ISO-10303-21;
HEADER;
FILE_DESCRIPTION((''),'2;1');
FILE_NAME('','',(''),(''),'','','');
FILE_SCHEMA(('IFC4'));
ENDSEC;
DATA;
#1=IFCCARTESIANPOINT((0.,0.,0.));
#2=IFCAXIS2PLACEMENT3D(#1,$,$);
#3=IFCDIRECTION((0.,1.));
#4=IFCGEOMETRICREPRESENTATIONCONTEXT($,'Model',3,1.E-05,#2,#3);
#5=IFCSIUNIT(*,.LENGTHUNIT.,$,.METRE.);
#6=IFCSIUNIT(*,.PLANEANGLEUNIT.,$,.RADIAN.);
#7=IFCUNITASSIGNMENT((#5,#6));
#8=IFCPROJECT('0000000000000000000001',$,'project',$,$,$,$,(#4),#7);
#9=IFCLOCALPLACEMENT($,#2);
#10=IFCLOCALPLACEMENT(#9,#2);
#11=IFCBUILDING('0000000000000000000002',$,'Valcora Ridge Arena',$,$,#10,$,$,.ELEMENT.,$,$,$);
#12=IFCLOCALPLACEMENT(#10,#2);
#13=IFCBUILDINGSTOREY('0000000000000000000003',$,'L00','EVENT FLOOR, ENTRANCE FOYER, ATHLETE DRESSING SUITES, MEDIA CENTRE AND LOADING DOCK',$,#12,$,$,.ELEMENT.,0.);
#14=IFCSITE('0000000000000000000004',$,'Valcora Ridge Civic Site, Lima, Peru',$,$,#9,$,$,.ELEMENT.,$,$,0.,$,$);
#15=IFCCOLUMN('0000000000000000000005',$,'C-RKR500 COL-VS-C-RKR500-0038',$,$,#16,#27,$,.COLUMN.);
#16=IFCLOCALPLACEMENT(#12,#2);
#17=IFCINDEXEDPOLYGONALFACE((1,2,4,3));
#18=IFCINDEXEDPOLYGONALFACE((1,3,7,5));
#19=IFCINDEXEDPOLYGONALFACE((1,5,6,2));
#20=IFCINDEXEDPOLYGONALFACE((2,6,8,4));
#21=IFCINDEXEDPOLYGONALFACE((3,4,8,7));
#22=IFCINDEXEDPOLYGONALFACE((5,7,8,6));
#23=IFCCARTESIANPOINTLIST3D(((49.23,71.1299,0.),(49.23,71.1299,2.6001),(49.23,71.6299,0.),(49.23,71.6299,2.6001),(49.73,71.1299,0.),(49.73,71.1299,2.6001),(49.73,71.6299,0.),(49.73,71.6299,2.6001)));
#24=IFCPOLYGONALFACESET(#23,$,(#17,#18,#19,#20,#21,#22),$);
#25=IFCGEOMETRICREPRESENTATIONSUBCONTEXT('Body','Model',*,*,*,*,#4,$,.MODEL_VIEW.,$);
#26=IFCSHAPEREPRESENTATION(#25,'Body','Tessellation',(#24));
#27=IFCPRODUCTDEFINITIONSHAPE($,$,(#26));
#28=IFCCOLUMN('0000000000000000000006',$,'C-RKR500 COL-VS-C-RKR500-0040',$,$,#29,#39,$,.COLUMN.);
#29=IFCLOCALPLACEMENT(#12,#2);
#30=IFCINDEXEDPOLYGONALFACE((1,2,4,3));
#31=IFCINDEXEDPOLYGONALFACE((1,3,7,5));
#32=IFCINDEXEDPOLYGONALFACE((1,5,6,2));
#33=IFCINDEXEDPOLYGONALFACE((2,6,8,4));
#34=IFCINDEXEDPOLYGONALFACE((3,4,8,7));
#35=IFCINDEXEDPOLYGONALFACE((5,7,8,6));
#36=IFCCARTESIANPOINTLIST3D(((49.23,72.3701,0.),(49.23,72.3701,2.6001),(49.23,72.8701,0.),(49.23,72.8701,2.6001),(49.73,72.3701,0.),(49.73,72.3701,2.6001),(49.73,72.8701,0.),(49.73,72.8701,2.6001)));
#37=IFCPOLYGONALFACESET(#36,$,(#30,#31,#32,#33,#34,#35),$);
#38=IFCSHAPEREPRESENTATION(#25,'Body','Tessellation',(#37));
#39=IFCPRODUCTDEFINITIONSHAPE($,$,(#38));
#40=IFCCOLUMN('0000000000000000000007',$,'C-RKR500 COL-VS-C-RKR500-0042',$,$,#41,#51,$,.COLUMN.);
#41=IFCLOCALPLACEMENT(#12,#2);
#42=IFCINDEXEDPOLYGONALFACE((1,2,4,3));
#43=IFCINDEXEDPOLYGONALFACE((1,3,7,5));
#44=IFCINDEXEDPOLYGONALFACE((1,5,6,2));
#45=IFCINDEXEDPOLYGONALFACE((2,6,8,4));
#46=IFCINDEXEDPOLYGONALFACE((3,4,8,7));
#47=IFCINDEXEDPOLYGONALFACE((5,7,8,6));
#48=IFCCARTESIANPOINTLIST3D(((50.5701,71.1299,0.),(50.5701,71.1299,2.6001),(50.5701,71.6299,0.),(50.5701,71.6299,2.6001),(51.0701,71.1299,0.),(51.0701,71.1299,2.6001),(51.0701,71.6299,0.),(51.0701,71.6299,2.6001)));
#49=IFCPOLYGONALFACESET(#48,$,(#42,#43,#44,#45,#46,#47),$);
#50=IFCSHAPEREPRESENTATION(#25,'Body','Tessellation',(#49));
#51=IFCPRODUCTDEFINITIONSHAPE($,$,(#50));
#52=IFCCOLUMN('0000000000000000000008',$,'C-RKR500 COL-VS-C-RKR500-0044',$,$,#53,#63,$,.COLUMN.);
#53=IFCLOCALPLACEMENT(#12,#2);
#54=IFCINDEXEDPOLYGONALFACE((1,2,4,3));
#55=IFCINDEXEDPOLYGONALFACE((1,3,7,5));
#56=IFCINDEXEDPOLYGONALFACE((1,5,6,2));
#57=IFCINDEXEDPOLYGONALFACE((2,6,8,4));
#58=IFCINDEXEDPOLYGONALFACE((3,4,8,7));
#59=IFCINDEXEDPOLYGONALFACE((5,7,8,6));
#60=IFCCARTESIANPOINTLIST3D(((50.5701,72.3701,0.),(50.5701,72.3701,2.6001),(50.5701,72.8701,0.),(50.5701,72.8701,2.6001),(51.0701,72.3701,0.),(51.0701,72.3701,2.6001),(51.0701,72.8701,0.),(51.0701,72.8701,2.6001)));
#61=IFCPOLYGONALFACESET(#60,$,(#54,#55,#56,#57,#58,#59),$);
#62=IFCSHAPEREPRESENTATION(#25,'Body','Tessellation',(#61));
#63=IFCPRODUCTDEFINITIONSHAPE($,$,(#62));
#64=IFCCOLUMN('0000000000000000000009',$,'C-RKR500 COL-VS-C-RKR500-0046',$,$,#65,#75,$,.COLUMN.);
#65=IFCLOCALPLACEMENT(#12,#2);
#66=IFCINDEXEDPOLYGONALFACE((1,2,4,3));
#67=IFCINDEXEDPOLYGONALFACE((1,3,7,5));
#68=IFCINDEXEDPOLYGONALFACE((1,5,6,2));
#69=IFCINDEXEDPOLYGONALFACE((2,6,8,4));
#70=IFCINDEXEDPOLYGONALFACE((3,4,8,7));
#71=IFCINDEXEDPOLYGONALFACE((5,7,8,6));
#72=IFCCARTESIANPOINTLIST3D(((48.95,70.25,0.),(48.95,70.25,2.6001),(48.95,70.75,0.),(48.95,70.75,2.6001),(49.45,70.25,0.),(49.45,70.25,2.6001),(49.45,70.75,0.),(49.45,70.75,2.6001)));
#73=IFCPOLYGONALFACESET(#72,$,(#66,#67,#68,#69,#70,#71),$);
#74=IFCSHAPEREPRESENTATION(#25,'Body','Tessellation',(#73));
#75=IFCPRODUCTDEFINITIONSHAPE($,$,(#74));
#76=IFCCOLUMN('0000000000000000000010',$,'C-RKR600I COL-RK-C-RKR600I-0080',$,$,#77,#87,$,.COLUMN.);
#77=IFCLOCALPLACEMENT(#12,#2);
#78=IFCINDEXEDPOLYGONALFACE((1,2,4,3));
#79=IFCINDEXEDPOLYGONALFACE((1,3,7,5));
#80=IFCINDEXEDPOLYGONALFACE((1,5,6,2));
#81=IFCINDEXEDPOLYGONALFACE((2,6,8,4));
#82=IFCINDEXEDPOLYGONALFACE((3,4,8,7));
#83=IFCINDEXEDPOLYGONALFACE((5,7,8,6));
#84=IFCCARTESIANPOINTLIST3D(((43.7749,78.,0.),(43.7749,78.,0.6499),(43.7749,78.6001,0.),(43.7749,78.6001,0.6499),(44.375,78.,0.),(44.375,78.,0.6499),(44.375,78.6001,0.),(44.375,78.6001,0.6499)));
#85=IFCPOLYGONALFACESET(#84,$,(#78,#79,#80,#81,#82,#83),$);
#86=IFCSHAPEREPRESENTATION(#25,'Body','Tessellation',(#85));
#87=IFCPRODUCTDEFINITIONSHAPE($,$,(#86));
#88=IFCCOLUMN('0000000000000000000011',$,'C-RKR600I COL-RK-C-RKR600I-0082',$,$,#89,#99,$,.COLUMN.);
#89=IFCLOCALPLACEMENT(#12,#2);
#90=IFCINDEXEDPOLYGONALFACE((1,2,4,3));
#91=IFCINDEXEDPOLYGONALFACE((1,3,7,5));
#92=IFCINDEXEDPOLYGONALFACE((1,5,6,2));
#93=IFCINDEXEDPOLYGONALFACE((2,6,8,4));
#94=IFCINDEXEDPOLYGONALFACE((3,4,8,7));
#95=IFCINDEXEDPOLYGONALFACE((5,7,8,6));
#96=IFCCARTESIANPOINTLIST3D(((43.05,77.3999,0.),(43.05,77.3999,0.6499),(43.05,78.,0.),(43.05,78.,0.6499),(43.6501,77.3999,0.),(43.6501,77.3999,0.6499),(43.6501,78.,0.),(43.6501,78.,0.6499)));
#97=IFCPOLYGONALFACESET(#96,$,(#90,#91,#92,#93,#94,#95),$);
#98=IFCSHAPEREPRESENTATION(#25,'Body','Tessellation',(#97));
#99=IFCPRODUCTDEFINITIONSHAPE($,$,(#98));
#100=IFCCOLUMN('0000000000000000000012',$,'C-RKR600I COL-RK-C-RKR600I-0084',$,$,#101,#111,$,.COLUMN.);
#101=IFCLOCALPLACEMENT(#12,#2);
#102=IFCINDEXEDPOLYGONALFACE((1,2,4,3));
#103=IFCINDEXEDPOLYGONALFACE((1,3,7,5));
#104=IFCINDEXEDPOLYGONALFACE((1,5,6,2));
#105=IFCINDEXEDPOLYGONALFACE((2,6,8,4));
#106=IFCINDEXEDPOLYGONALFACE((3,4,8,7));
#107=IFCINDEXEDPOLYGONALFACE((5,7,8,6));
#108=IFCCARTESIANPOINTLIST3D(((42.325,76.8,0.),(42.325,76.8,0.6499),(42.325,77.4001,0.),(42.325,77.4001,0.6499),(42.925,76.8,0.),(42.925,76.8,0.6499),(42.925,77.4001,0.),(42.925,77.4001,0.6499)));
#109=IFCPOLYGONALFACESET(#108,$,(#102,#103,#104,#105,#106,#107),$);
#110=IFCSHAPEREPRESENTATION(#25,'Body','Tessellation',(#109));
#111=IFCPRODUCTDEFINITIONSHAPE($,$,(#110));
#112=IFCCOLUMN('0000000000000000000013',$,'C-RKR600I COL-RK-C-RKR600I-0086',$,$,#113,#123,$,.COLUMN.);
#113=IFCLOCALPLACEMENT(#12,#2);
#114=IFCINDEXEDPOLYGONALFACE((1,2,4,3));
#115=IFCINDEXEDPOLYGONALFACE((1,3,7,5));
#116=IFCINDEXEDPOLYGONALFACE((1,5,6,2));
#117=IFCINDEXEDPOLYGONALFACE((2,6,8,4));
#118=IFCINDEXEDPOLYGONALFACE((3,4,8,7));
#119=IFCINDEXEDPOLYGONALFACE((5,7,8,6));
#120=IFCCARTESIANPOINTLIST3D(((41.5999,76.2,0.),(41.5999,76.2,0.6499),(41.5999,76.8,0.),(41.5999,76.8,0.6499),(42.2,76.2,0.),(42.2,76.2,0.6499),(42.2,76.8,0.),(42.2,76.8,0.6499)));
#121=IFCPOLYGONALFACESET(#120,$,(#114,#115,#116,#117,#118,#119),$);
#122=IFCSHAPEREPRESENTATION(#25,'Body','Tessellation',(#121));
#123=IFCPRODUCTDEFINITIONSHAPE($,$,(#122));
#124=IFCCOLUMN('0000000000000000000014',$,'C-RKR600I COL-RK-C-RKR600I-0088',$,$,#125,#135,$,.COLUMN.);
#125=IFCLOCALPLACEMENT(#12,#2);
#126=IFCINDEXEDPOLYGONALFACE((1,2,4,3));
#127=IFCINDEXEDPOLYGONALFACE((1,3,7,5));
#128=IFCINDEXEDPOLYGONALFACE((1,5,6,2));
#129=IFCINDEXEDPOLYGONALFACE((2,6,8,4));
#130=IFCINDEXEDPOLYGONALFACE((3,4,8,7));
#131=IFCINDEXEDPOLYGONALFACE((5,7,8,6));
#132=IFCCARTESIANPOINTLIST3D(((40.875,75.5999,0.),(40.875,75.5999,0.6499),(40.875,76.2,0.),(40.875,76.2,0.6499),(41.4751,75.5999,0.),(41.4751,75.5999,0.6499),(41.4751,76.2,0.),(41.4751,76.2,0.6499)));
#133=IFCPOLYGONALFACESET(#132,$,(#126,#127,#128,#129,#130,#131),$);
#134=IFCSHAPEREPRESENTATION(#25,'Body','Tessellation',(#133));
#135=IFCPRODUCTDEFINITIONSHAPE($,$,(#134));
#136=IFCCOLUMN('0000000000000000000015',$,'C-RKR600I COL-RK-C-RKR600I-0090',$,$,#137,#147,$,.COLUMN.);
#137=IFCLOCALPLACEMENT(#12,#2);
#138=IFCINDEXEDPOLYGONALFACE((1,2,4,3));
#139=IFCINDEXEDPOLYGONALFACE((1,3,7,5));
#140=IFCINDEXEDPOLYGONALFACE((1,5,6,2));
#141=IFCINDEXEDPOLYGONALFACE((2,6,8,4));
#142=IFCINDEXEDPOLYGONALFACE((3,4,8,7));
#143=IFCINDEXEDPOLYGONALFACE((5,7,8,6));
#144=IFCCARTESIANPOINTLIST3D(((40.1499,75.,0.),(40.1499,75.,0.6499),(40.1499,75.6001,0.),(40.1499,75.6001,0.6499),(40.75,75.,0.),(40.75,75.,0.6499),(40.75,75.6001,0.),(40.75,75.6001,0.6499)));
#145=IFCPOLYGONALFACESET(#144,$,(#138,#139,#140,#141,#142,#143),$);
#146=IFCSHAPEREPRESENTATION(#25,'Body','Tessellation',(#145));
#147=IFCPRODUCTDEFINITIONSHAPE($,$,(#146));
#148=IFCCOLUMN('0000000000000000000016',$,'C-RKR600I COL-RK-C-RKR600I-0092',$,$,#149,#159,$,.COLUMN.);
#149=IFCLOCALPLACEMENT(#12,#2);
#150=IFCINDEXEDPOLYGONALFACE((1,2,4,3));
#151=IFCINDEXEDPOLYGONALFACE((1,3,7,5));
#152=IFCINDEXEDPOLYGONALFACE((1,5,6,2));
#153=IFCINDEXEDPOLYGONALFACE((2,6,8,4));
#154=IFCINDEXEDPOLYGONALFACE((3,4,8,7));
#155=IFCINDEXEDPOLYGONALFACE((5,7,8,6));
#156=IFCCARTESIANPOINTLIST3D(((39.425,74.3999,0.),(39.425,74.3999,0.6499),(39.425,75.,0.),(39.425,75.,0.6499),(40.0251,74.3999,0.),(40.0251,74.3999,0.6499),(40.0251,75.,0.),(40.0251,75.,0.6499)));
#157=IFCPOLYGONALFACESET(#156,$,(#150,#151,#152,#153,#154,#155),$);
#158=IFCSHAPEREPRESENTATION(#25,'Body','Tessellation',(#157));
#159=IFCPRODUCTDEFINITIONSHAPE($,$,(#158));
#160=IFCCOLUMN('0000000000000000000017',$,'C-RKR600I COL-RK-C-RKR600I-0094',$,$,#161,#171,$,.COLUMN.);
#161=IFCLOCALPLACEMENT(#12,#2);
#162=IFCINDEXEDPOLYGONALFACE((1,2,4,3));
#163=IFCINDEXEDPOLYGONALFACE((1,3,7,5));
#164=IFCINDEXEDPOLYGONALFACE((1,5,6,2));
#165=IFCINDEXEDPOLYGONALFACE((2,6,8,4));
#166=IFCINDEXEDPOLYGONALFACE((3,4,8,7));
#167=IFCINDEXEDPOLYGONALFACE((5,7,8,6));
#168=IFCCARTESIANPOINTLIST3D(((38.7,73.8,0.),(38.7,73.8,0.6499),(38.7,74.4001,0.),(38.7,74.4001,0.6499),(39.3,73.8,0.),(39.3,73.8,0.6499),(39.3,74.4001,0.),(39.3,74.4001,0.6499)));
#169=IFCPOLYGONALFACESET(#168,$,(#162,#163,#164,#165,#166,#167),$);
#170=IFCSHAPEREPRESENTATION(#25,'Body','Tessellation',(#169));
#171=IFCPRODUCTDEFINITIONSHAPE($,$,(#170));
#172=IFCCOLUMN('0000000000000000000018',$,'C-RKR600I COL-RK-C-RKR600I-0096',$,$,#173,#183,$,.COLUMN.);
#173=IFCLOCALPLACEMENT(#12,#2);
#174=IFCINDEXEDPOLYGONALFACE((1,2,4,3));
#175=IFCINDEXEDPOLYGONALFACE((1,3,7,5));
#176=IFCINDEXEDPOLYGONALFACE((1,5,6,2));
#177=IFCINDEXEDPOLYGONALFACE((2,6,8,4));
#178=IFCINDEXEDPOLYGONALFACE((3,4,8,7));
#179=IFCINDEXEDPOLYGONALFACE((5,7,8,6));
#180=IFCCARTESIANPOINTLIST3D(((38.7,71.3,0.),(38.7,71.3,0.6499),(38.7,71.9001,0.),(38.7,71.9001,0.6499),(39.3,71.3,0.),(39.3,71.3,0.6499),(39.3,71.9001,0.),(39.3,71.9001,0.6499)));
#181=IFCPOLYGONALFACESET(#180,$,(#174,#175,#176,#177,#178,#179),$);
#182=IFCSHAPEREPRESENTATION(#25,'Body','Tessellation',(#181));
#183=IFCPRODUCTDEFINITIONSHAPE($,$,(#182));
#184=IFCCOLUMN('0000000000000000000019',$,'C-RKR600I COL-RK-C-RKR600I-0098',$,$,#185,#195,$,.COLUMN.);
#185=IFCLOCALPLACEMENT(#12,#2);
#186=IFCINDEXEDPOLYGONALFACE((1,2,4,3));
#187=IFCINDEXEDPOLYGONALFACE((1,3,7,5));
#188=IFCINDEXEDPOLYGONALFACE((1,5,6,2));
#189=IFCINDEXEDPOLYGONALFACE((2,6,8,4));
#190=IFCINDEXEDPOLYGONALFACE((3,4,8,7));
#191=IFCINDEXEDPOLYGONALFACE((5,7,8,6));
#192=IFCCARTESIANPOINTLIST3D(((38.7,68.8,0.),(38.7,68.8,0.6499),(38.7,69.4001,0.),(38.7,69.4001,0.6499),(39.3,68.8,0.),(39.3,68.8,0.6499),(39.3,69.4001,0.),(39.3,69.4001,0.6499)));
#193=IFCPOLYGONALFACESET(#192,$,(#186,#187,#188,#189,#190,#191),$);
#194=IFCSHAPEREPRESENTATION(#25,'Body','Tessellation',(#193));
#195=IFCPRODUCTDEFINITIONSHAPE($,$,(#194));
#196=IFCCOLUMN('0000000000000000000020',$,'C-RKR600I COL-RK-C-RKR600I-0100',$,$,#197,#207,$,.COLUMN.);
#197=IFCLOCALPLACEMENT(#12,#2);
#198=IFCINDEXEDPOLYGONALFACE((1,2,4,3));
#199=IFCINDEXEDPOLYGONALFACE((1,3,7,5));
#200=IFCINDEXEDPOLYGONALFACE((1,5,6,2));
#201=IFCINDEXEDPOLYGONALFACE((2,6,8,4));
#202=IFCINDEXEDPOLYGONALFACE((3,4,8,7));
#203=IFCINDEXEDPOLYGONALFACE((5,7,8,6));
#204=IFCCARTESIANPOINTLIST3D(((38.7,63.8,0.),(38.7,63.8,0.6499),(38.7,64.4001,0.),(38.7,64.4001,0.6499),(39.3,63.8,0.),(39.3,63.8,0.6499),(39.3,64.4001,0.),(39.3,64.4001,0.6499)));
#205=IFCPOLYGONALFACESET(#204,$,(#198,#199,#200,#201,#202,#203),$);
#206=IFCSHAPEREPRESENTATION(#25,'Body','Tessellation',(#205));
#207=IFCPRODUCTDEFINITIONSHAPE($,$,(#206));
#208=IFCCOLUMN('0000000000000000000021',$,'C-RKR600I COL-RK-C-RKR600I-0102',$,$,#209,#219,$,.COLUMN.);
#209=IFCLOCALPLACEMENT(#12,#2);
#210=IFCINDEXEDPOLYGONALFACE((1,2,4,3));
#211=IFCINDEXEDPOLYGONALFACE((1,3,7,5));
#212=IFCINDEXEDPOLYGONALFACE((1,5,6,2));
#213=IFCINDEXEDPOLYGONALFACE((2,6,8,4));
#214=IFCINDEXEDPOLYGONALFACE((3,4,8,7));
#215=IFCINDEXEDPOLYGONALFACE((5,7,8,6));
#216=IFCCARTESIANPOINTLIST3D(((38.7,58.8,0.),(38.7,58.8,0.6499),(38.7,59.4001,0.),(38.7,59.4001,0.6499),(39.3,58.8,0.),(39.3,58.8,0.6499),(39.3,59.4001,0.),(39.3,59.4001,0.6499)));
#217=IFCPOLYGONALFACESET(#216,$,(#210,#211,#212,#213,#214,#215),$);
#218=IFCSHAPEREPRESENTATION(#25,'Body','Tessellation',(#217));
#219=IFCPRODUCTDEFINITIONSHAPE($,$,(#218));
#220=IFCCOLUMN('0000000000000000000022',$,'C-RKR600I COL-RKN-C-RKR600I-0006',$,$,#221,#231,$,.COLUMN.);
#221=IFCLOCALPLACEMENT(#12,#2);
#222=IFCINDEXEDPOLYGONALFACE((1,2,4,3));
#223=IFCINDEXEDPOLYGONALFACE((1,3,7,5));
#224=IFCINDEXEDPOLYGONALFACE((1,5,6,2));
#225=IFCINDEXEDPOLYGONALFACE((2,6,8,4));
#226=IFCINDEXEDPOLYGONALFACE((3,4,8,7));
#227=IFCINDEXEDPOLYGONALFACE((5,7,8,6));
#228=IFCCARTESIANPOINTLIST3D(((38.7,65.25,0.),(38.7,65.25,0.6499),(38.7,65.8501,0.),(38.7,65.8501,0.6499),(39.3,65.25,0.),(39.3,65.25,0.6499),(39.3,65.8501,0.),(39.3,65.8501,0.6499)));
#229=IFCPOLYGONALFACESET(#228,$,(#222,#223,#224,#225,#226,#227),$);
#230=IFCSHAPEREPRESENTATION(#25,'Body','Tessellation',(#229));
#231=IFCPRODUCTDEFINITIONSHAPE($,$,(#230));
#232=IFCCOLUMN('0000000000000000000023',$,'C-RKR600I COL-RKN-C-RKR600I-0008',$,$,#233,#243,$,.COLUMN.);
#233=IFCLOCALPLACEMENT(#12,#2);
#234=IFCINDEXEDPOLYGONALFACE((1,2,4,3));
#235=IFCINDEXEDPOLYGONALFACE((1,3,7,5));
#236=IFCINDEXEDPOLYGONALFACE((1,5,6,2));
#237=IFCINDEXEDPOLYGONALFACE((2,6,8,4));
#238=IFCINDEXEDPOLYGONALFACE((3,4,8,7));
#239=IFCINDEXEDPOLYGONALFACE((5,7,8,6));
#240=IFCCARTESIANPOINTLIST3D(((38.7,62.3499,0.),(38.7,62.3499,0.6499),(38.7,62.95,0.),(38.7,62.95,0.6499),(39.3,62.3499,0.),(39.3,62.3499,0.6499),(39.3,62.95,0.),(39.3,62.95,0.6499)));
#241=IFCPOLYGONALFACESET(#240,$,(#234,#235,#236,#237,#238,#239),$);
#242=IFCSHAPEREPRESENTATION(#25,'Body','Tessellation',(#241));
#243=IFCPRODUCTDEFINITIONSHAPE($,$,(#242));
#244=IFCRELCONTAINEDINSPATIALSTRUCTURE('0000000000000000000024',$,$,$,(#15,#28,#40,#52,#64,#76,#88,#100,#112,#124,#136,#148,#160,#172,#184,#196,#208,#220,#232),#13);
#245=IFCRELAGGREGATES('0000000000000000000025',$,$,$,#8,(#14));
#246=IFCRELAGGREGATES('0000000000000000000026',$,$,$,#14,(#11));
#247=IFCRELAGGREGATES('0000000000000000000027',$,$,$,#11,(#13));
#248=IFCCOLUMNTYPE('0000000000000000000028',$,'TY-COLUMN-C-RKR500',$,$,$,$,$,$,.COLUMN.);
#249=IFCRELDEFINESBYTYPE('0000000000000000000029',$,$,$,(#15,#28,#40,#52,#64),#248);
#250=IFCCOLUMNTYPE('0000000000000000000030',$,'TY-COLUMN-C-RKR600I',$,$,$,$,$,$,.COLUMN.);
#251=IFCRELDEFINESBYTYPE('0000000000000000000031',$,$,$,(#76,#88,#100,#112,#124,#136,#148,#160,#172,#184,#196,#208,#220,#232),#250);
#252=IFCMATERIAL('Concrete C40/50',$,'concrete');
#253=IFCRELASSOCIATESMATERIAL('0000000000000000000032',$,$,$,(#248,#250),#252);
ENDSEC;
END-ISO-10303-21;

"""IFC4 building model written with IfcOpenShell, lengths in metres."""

from ifc_helpers import new_model, si_unit, direction, frame, origin, origin_2d, place, context, subcontext, project, spatial, rectangle, extrude, material, material_profile, profile_set, type_object, element, save


model = new_model("IFC4")

# Units and contexts
model_context = context("Model", 3, precision=1e-05, world=origin(), true_north=direction((0.0, 1.0)))
body_context = subcontext(model_context, "Body", "Model", "MODEL_VIEW")
ifc_project = project(units=[si_unit("LENGTHUNIT", "METRE"), si_unit("PLANEANGLEUNIT", "RADIAN")], contexts=[model_context])

# Site, building, storey
site_placement = place(None, origin())
site = spatial("IfcSite", under=ifc_project, at=site_placement, Name="Valcora Ridge Civic Site, Lima, Peru", CompositionType="ELEMENT", RefElevation=0.0)
building_placement = place(site_placement, origin())
building = spatial("IfcBuilding", under=site, at=building_placement, Name="Valcora Ridge Arena", CompositionType="ELEMENT")
storey_placement = place(building_placement, origin())
storey = spatial("IfcBuildingStorey", under=building, at=storey_placement, Name="L00", Description="EVENT FLOOR, ENTRANCE FOYER, ATHLETE DRESSING SUITES, MEDIA CENTRE AND LOADING DOCK", CompositionType="ELEMENT", Elevation=0.0)

# Columns
ifc_material_1 = material(Name="Concrete C40/50", Category="concrete")
ifc_material_profile_1 = material_profile(ifc_material_1, rectangle(XDim=0.5, YDim=0.5, at=origin_2d()), Name="RC 500x500")
ifc_profile_set_1 = profile_set([ifc_material_profile_1], Name="Concrete C40/50")
column_type_1 = type_object("IfcColumnType", Name="TY-COLUMN-C-RKR500", PredefinedType="COLUMN", material=ifc_profile_set_1)
for number, where, z_axis, x_axis, name in (
    (1, (49.48, 71.3799, 0.0), (0.0, 0.0, 1.0), (1.0, 0.0, 0.0), "C-RKR500 COL-VS-C-RKR500-0038"),
    (2, (49.48, 72.6201, 0.0), (0.0, 0.0, 1.0), (1.0, 0.0, 0.0), "C-RKR500 COL-VS-C-RKR500-0040"),
    (3, (50.8201, 71.3799, 0.0), (0.0, 0.0, 1.0), (1.0, 0.0, 0.0), "C-RKR500 COL-VS-C-RKR500-0042"),
    (4, (50.8201, 72.6201, 0.0), (0.0, 0.0, 1.0), (1.0, 0.0, 0.0), "C-RKR500 COL-VS-C-RKR500-0044"),
    (5, (49.2, 70.5, 0.0), (0.0, 0.0, 1.0), (1.0, 0.0, 0.0), "C-RKR500 COL-VS-C-RKR500-0046"),
):
    element("IfcColumn", number, at=place(storey_placement, frame(where, z_axis=z_axis, x_axis=x_axis)), inside=storey, type_object=column_type_1, Name=name, PredefinedType="COLUMN", context=body_context, shape_type="SweptSolid", body=[
        extrude(rectangle(XDim=0.5, YDim=0.5, at=origin_2d()), origin(), (0.0, 0.0, 1.0), 2.6001),
    ])
ifc_material_profile_2 = material_profile(ifc_material_1, rectangle(XDim=0.6001, YDim=0.6001, at=origin_2d()), Name="RC 600x600")
ifc_profile_set_2 = profile_set([ifc_material_profile_2], Name="Concrete C40/50")
column_type_2 = type_object("IfcColumnType", Name="TY-COLUMN-C-RKR600I", PredefinedType="COLUMN", material=ifc_profile_set_2)
for number, where, z_axis, x_axis, name in (
    (6, (44.075, 78.3, 0.0), (0.0, 0.0, 1.0), (1.0, 0.0, 0.0), "C-RKR600I COL-RK-C-RKR600I-0080"),
    (7, (43.3501, 77.7, 0.0), (0.0, 0.0, 1.0), (1.0, 0.0, 0.0), "C-RKR600I COL-RK-C-RKR600I-0082"),
    (8, (42.625, 77.1001, 0.0), (0.0, 0.0, 1.0), (1.0, 0.0, 0.0), "C-RKR600I COL-RK-C-RKR600I-0084"),
    (9, (41.8999, 76.5, 0.0), (0.0, 0.0, 1.0), (1.0, 0.0, 0.0), "C-RKR600I COL-RK-C-RKR600I-0086"),
    (10, (41.175, 75.8999, 0.0), (0.0, 0.0, 1.0), (1.0, 0.0, 0.0), "C-RKR600I COL-RK-C-RKR600I-0088"),
    (11, (40.45, 75.3, 0.0), (0.0, 0.0, 1.0), (1.0, 0.0, 0.0), "C-RKR600I COL-RK-C-RKR600I-0090"),
    (12, (39.7251, 74.7, 0.0), (0.0, 0.0, 1.0), (1.0, 0.0, 0.0), "C-RKR600I COL-RK-C-RKR600I-0092"),
    (13, (39.0, 74.1001, 0.0), (0.0, 0.0, 1.0), (1.0, 0.0, 0.0), "C-RKR600I COL-RK-C-RKR600I-0094"),
    (14, (39.0, 71.6001, 0.0), (0.0, 0.0, 1.0), (1.0, 0.0, 0.0), "C-RKR600I COL-RK-C-RKR600I-0096"),
    (15, (39.0, 69.1001, 0.0), (0.0, 0.0, 1.0), (1.0, 0.0, 0.0), "C-RKR600I COL-RK-C-RKR600I-0098"),
    (16, (39.0, 64.1001, 0.0), (0.0, 0.0, 1.0), (1.0, 0.0, 0.0), "C-RKR600I COL-RK-C-RKR600I-0100"),
    (17, (39.0, 59.1001, 0.0), (0.0, 0.0, 1.0), (1.0, 0.0, 0.0), "C-RKR600I COL-RK-C-RKR600I-0102"),
    (18, (39.0, 65.55, 0.0), (0.0, 0.0, 1.0), (1.0, 0.0, 0.0), "C-RKR600I COL-RKN-C-RKR600I-0006"),
    (19, (39.0, 62.6499, 0.0), (0.0, 0.0, 1.0), (1.0, 0.0, 0.0), "C-RKR600I COL-RKN-C-RKR600I-0008"),
):
    element("IfcColumn", number, at=place(storey_placement, frame(where, z_axis=z_axis, x_axis=x_axis)), inside=storey, type_object=column_type_2, Name=name, PredefinedType="COLUMN", context=body_context, shape_type="SweptSolid", body=[
        extrude(rectangle(XDim=0.6001, YDim=0.6001, at=origin_2d()), origin(), (0.0, 0.0, 1.0), 0.6499),
    ])

save(model, "model.ifc")
